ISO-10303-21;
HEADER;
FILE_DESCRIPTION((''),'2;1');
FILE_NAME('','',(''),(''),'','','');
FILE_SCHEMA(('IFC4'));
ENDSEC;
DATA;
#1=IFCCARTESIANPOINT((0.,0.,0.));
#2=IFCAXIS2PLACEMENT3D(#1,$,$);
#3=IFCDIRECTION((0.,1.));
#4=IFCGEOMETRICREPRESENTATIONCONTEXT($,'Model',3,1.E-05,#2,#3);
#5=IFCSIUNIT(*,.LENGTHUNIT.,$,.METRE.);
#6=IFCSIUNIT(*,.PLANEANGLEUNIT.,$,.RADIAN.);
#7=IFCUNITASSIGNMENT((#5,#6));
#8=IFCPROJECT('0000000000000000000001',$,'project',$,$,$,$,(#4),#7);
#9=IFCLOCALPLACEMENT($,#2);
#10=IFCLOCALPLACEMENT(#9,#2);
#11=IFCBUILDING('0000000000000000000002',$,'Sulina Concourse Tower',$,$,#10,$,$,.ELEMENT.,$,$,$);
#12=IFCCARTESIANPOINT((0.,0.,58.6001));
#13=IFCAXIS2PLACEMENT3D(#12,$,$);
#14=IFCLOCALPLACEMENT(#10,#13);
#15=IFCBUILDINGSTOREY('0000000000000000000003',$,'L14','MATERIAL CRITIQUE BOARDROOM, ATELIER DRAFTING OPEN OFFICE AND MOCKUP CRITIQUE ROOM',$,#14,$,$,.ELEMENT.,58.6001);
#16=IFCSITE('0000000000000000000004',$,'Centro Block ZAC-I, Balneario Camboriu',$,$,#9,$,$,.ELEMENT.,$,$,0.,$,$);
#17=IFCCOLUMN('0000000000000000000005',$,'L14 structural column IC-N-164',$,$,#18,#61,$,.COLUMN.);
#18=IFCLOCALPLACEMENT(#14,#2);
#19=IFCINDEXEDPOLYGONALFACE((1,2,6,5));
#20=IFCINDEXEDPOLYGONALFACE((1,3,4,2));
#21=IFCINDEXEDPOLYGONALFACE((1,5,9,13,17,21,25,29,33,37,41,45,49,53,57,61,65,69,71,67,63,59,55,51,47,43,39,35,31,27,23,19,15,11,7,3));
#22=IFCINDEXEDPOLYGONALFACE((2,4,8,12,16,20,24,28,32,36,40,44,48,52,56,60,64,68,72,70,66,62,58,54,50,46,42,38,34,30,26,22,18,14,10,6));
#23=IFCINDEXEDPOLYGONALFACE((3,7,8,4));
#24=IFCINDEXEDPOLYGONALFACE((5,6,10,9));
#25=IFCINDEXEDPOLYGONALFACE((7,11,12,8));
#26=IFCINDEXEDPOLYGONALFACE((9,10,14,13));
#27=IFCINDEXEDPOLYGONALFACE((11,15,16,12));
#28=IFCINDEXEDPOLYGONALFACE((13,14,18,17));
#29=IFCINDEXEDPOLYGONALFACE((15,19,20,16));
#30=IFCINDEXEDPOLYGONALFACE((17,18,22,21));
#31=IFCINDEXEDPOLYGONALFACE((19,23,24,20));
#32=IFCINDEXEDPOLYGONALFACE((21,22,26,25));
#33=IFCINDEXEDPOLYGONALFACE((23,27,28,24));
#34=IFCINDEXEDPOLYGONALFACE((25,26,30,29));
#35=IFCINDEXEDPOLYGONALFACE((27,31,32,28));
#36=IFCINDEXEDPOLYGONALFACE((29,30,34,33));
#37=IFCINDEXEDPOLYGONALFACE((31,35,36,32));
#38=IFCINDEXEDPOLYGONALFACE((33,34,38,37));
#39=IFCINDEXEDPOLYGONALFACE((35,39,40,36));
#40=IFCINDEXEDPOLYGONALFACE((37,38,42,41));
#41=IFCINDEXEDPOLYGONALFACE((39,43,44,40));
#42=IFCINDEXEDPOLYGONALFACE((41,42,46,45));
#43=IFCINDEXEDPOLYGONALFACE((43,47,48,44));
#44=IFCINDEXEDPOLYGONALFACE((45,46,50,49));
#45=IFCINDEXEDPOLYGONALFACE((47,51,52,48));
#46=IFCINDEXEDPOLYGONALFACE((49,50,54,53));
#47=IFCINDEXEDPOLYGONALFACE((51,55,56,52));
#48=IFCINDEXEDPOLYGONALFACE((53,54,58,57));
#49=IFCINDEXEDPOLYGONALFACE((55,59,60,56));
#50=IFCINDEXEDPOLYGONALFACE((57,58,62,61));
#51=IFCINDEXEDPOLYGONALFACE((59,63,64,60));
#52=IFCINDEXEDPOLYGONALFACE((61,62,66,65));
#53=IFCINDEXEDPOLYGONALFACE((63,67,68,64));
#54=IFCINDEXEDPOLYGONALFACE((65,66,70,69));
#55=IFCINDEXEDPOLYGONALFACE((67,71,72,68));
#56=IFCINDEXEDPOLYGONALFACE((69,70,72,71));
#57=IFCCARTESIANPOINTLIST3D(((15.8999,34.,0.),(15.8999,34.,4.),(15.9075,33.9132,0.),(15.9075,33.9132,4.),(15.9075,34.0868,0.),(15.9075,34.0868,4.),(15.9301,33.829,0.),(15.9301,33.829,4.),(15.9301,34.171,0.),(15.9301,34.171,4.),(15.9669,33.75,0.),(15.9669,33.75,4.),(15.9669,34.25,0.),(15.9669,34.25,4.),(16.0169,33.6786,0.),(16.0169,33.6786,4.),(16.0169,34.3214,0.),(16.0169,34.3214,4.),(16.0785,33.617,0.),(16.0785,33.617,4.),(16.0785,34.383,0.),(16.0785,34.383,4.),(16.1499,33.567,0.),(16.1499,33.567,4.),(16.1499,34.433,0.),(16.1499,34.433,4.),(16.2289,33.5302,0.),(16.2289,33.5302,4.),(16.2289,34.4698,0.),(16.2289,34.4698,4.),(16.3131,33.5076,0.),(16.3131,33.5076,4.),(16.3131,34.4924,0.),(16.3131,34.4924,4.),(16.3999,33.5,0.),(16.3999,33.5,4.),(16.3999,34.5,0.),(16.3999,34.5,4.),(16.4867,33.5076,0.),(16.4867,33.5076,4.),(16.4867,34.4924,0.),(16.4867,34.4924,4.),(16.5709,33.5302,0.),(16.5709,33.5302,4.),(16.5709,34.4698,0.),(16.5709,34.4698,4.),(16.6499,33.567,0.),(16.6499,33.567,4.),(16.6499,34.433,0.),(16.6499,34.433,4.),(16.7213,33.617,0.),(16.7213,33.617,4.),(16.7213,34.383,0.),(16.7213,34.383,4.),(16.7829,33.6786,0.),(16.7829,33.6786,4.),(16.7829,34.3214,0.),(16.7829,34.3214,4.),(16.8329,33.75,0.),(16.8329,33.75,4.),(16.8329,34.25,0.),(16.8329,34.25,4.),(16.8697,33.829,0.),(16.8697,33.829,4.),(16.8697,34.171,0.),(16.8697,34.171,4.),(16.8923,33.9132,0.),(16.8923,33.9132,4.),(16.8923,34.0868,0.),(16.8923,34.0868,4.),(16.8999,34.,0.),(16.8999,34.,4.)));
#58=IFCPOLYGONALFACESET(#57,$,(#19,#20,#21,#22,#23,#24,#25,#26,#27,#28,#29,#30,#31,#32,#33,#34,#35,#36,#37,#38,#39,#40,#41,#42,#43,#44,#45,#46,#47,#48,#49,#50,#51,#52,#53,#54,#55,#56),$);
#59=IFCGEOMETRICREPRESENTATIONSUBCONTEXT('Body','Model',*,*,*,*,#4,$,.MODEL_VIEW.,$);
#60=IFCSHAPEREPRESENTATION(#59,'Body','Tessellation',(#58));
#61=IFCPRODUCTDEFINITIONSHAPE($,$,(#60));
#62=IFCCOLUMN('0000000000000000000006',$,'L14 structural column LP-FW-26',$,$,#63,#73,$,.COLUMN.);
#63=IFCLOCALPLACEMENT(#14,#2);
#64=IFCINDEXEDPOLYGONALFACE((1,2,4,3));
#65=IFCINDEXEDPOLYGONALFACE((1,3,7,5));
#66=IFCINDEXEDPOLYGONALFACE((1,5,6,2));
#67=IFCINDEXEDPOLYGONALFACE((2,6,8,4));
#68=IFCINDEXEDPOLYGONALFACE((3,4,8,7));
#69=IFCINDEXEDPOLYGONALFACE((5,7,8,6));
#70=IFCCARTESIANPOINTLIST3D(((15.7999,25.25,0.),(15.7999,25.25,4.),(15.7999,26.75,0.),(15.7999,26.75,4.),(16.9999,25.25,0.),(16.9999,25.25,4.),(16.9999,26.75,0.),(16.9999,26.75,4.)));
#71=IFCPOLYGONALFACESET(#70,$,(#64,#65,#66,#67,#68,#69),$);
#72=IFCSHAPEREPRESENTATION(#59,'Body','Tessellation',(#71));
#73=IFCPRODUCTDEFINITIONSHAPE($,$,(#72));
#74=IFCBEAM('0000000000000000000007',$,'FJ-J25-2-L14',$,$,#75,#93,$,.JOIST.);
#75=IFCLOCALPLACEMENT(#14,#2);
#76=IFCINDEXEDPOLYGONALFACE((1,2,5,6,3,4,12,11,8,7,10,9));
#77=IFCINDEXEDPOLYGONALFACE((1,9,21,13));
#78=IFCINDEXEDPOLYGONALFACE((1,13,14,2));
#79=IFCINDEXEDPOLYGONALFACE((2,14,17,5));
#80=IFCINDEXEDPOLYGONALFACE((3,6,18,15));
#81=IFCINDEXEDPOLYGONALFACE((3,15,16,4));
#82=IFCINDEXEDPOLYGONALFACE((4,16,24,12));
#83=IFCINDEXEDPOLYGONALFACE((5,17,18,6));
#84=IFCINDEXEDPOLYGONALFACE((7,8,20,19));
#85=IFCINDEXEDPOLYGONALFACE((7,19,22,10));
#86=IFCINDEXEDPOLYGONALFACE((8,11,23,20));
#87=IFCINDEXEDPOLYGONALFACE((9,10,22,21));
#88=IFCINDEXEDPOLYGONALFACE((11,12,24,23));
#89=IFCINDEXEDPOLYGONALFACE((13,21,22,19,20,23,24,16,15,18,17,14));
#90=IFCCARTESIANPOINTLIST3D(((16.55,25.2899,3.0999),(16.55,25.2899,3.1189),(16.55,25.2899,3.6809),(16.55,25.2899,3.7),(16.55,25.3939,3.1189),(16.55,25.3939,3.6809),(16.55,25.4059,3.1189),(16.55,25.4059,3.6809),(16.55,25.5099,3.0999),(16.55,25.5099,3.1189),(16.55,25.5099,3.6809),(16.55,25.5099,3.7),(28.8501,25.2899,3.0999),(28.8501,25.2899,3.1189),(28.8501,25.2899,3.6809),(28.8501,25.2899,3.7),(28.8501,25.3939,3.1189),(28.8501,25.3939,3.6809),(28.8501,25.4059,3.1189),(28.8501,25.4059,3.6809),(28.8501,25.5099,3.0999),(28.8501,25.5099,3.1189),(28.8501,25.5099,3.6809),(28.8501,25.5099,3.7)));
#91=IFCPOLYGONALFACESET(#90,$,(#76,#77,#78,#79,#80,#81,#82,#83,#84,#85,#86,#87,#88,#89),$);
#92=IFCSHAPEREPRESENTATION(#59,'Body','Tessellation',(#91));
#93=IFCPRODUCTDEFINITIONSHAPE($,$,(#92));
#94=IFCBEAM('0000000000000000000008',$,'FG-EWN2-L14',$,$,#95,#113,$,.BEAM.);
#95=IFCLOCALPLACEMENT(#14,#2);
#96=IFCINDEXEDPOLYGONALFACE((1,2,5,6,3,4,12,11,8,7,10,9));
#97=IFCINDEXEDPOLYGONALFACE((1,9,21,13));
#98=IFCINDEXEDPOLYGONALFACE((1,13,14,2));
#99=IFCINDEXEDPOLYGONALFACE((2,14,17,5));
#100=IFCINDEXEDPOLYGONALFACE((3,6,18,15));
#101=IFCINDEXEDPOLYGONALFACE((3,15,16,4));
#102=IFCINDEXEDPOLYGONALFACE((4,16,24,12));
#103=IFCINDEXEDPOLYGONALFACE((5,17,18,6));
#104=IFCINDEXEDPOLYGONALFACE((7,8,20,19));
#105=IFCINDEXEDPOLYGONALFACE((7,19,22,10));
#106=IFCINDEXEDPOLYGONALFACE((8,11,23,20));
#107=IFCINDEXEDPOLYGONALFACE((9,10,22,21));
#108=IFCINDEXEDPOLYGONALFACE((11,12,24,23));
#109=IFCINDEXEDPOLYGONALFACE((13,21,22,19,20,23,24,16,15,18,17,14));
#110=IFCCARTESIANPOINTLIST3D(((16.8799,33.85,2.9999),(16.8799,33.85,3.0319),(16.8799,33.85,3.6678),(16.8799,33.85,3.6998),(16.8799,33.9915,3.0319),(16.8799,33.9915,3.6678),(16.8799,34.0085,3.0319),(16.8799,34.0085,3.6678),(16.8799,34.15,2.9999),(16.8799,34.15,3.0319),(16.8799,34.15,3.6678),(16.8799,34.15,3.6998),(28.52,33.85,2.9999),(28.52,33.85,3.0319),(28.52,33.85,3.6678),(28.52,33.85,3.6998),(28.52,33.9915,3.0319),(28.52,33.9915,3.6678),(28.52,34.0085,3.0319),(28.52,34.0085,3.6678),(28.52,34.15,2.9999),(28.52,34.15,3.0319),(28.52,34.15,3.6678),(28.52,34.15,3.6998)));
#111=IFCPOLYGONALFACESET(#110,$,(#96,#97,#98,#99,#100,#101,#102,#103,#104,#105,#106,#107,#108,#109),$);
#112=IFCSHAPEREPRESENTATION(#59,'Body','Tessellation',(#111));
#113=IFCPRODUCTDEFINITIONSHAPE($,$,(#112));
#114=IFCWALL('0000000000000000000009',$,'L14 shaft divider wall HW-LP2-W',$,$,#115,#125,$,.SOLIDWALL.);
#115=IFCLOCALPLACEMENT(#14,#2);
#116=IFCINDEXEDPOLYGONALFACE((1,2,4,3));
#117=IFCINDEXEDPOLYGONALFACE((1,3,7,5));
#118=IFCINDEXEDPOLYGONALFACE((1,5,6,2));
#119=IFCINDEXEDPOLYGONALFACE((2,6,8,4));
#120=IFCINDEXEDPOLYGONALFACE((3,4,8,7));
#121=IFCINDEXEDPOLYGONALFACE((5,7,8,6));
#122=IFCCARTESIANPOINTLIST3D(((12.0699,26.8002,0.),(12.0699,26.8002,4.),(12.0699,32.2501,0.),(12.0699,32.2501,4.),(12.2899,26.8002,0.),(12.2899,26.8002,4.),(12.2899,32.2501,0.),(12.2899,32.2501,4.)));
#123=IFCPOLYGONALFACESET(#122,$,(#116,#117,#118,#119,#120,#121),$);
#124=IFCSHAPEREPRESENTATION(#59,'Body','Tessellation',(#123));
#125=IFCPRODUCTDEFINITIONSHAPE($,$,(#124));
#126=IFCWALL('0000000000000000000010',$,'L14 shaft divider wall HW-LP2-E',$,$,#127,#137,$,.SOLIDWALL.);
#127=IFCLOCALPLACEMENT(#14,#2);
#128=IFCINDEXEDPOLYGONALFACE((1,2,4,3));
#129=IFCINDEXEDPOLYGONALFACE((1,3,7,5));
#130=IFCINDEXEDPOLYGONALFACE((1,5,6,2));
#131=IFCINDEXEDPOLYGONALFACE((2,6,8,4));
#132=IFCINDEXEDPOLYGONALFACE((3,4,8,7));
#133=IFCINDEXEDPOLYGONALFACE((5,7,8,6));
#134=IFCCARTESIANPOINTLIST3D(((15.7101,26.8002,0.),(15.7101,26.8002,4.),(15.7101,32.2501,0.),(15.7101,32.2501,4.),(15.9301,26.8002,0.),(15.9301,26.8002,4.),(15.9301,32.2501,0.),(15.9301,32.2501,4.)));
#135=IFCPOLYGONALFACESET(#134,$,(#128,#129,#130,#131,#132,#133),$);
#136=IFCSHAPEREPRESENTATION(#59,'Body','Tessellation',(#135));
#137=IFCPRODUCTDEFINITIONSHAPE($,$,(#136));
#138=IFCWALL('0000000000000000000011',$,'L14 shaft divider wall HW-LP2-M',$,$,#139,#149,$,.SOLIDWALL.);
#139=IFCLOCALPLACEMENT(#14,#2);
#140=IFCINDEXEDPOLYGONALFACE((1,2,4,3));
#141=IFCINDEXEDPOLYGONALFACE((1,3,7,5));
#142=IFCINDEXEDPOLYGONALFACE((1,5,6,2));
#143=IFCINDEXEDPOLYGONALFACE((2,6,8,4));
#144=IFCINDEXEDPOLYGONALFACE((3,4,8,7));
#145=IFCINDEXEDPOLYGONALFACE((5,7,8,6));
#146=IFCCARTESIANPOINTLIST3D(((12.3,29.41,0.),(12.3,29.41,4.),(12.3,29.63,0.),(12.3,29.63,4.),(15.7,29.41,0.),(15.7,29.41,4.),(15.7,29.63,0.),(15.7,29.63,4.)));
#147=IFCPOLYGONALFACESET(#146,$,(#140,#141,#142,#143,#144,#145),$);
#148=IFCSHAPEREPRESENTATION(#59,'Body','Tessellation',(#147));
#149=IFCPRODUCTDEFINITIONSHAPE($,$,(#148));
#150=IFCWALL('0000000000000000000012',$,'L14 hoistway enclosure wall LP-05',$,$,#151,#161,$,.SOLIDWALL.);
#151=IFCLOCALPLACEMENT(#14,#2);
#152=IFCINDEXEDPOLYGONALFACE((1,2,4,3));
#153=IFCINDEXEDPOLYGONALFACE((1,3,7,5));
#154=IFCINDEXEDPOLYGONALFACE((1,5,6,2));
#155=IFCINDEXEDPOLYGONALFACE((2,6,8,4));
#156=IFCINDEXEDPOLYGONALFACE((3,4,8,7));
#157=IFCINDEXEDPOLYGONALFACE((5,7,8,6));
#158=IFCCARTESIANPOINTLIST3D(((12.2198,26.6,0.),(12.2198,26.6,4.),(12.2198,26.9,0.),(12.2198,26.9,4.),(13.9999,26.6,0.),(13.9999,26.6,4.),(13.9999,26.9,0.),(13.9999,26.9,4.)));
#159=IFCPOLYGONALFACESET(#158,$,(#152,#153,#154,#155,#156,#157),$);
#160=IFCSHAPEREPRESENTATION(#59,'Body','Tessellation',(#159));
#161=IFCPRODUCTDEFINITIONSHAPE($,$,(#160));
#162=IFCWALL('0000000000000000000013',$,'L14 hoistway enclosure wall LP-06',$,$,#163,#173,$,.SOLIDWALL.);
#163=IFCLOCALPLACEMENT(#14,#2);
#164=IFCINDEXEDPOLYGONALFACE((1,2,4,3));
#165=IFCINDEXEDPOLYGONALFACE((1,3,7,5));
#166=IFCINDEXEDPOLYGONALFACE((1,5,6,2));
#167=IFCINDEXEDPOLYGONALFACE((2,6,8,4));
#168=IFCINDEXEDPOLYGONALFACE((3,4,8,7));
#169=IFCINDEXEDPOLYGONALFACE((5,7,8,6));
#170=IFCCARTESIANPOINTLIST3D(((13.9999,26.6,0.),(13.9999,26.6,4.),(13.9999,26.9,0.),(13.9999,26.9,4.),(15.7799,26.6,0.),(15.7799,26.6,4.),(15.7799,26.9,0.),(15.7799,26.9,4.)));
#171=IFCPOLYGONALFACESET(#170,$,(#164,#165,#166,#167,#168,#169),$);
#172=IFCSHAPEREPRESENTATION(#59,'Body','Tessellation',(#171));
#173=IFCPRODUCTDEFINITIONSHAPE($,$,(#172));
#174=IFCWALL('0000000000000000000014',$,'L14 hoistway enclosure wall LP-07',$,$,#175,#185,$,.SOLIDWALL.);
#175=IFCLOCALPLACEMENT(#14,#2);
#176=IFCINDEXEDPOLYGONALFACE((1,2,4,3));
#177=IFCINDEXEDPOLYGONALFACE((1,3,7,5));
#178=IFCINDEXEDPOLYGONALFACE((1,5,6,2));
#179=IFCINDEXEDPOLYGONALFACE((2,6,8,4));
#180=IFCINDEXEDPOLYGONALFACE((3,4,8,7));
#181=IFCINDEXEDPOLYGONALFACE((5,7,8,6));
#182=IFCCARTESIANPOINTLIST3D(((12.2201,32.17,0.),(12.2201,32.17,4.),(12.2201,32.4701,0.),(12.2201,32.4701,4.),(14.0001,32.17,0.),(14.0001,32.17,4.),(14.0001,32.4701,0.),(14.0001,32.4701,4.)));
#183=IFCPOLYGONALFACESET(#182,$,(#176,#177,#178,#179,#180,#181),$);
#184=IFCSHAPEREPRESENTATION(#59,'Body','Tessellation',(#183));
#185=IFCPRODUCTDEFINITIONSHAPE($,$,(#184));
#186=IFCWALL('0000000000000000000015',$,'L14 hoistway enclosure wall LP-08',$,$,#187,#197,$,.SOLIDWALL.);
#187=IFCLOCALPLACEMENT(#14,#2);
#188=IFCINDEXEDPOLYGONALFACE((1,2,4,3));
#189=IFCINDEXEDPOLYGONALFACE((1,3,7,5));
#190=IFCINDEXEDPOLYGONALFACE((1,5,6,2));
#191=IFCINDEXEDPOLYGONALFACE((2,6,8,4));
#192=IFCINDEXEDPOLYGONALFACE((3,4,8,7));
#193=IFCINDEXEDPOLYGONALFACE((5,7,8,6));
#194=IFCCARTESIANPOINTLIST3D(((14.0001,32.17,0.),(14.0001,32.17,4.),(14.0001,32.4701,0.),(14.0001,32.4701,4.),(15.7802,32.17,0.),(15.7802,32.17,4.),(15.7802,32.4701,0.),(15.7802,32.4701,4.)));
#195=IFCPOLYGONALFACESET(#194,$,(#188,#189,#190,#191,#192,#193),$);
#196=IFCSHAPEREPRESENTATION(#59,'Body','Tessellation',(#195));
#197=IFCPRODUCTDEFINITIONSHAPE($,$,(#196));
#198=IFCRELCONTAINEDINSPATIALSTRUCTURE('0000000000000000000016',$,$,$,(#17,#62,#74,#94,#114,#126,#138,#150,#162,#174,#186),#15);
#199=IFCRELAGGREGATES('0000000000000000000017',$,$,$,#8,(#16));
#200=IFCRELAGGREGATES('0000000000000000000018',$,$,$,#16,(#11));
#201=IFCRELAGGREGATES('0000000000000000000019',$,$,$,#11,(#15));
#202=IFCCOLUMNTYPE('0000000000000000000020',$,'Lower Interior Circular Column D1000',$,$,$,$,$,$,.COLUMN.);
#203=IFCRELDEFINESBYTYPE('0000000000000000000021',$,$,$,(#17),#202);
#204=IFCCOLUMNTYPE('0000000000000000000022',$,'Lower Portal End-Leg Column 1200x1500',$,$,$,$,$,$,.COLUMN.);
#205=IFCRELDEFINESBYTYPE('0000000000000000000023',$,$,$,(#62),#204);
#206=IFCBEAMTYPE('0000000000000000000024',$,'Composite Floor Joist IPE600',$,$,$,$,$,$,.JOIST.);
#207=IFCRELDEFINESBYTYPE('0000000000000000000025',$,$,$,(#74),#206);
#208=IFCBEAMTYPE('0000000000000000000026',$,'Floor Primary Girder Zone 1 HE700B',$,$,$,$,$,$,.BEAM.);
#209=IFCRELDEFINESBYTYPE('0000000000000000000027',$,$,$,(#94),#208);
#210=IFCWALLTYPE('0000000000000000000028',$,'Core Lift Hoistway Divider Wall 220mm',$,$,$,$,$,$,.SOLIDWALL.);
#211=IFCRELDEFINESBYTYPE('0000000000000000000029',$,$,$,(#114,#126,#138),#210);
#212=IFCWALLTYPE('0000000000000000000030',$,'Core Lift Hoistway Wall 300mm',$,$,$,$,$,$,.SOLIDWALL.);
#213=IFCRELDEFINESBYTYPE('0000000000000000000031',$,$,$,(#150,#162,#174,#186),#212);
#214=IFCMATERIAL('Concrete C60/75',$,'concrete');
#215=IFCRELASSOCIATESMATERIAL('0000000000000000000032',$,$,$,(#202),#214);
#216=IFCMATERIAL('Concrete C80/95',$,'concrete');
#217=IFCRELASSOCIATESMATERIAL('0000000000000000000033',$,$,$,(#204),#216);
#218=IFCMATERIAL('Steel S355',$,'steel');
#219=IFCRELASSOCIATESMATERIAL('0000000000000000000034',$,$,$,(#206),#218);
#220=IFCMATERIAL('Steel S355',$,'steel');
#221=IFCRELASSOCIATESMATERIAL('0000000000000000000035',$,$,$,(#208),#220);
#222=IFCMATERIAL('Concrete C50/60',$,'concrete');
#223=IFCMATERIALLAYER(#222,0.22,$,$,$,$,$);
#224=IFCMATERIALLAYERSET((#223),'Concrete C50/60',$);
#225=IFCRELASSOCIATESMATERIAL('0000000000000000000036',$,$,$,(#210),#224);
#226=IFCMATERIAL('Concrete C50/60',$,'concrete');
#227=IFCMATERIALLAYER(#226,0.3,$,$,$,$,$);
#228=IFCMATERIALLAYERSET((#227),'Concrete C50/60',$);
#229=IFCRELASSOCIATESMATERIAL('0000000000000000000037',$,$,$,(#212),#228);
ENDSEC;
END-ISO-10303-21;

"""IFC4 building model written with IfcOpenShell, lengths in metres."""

from ifc_helpers import new_model, si_unit, direction, frame, frame_2d, origin, origin_2d, place, context, subcontext, project, spatial, rectangle, circle, i_section, extrude, material, layer, layer_set, material_profile, profile_set, type_object, element, save


model = new_model("IFC4")

# Units and contexts
model_context = context("Model", 3, precision=1e-05, world=origin(), true_north=direction((0.0, 1.0)))
body_context = subcontext(model_context, "Body", "Model", "MODEL_VIEW")
ifc_project = project(units=[si_unit("LENGTHUNIT", "METRE"), si_unit("PLANEANGLEUNIT", "RADIAN")], contexts=[model_context])

# Site, building, storey
site_placement = place(None, origin())
site = spatial("IfcSite", under=ifc_project, at=site_placement, Name="Centro Block ZAC-I, Balneario Camboriu", CompositionType="ELEMENT", RefElevation=0.0)
building_placement = place(site_placement, origin())
building = spatial("IfcBuilding", under=site, at=building_placement, Name="Sulina Concourse Tower", CompositionType="ELEMENT")
storey_placement = place(building_placement, frame((0.0, 0.0, 58.6001)))
storey = spatial("IfcBuildingStorey", under=building, at=storey_placement, Name="L14", Description="MATERIAL CRITIQUE BOARDROOM, ATELIER DRAFTING OPEN OFFICE AND MOCKUP CRITIQUE ROOM", CompositionType="ELEMENT", Elevation=58.6001)

# Columns
ifc_material_1 = material(Name="Concrete C60/75", Category="concrete")
ifc_material_profile_1 = material_profile(ifc_material_1, circle(Radius=0.5, at=origin_2d()), Name="RC D1000")
ifc_profile_set_1 = profile_set([ifc_material_profile_1], Name="Concrete C60/75")
column_type_1 = type_object("IfcColumnType", Name="Lower Interior Circular Column D1000", PredefinedType="COLUMN", material=ifc_profile_set_1)
column_1_placement = place(storey_placement, frame((16.3999, 34.0, 0.0), z_axis=(0.0, 0.0, 1.0), x_axis=(1.0, 0.0, 0.0)))
element("IfcColumn", 1, at=column_1_placement, inside=storey, type_object=column_type_1, Name="L14 structural column IC-N-164", PredefinedType="COLUMN", context=body_context, shape_type="SweptSolid", body=[
    extrude(circle(Radius=0.5, at=origin_2d()), origin(), (0.0, 0.0, 1.0), 4.0),
])
ifc_material_2 = material(Name="Concrete C80/95", Category="concrete")
ifc_material_profile_2 = material_profile(ifc_material_2, rectangle(XDim=1.2, YDim=1.5, at=origin_2d()), Name="RC 1200x1500")
ifc_profile_set_2 = profile_set([ifc_material_profile_2], Name="Concrete C80/95")
column_type_2 = type_object("IfcColumnType", Name="Lower Portal End-Leg Column 1200x1500", PredefinedType="COLUMN", material=ifc_profile_set_2)
column_2_placement = place(storey_placement, frame((16.3999, 26.0, 0.0), z_axis=(0.0, 0.0, 1.0), x_axis=(1.0, 0.0, 0.0)))
element("IfcColumn", 2, at=column_2_placement, inside=storey, type_object=column_type_2, Name="L14 structural column LP-FW-26", PredefinedType="COLUMN", context=body_context, shape_type="SweptSolid", body=[
    extrude(rectangle(XDim=1.2, YDim=1.5, at=origin_2d()), origin(), (0.0, 0.0, 1.0), 4.0),
])

# Beams
ifc_material_3 = material(Name="Steel S355", Category="steel")
ifc_material_profile_3 = material_profile(ifc_material_3, i_section(OverallWidth=0.22, OverallDepth=0.6001, WebThickness=0.012, FlangeThickness=0.019, at=origin_2d()), Name="IPE 600")
ifc_profile_set_3 = profile_set([ifc_material_profile_3], Name="Steel S355")
beam_type_1 = type_object("IfcBeamType", Name="Composite Floor Joist IPE600", PredefinedType="JOIST", material=ifc_profile_set_3)
beam_1_placement = place(storey_placement, frame((16.55, 25.3999, 3.3999), z_axis=(1.0, 0.0, 0.0), x_axis=(0.0, 1.0, 0.0)))
element("IfcBeam", 3, at=beam_1_placement, inside=storey, type_object=beam_type_1, Name="FJ-J25-2-L14", PredefinedType="JOIST", context=body_context, shape_type="SweptSolid", body=[
    extrude(i_section(OverallWidth=0.22, OverallDepth=0.6001, WebThickness=0.012, FlangeThickness=0.019, at=origin_2d()), origin(), (0.0, 0.0, 1.0), 12.3),
])
ifc_material_4 = material(Name="Steel S355", Category="steel")
ifc_material_profile_4 = material_profile(ifc_material_4, i_section(OverallWidth=0.3, OverallDepth=0.7, WebThickness=0.0171, FlangeThickness=0.032, at=origin_2d()), Name="HE 700 B")
ifc_profile_set_4 = profile_set([ifc_material_profile_4], Name="Steel S355")
beam_type_2 = type_object("IfcBeamType", Name="Floor Primary Girder Zone 1 HE700B", PredefinedType="BEAM", material=ifc_profile_set_4)
beam_2_placement = place(storey_placement, frame((16.8799, 34.0, 3.3499), z_axis=(1.0, 0.0, 0.0), x_axis=(0.0, 1.0, 0.0)))
element("IfcBeam", 4, at=beam_2_placement, inside=storey, type_object=beam_type_2, Name="FG-EWN2-L14", PredefinedType="BEAM", context=body_context, shape_type="SweptSolid", body=[
    extrude(i_section(OverallWidth=0.3, OverallDepth=0.7, WebThickness=0.0171, FlangeThickness=0.032, at=origin_2d()), origin(), (0.0, 0.0, 1.0), 11.6401),
])

# Walls
ifc_material_5 = material(Name="Concrete C50/60", Category="concrete")
ifc_layer_1 = layer(ifc_material_5, 0.22)
ifc_layer_set_1 = layer_set([ifc_layer_1], Name="Concrete C50/60")
wall_type_1 = type_object("IfcWallType", Name="Core Lift Hoistway Divider Wall 220mm", PredefinedType="SOLIDWALL", material=ifc_layer_set_1)
for number, where, z_axis, x_axis, name in (
    (5, (12.1799, 26.8, 0.0), (0.0, 0.0, 1.0), (0.0, 1.0, 0.0), "L14 shaft divider wall HW-LP2-W"),
    (6, (15.8201, 26.8, 0.0), (0.0, 0.0, 1.0), (0.0, 1.0, 0.0), "L14 shaft divider wall HW-LP2-E"),
):
    element("IfcWall", number, at=place(storey_placement, frame(where, z_axis=z_axis, x_axis=x_axis)), inside=storey, type_object=wall_type_1, Name=name, PredefinedType="SOLIDWALL", context=body_context, shape_type="SweptSolid", body=[
        extrude(rectangle(XDim=5.45, YDim=0.22, at=frame_2d((2.7251, 0.0))), origin(), (0.0, 0.0, 1.0), 4.0),
    ])
wall_1_placement = place(storey_placement, frame((12.3, 29.52, 0.0), z_axis=(0.0, 0.0, 1.0), x_axis=(1.0, 0.0, 0.0)))
element("IfcWall", 7, at=wall_1_placement, inside=storey, type_object=wall_type_1, Name="L14 shaft divider wall HW-LP2-M", PredefinedType="SOLIDWALL", context=body_context, shape_type="SweptSolid", body=[
    extrude(rectangle(XDim=3.3999, YDim=0.22, at=frame_2d((1.7, 0.0))), origin(), (0.0, 0.0, 1.0), 4.0),
])
ifc_material_6 = material(Name="Concrete C50/60", Category="concrete")
ifc_layer_2 = layer(ifc_material_6, 0.3)
ifc_layer_set_2 = layer_set([ifc_layer_2], Name="Concrete C50/60")
wall_type_2 = type_object("IfcWallType", Name="Core Lift Hoistway Wall 300mm", PredefinedType="SOLIDWALL", material=ifc_layer_set_2)
for number, where, z_axis, x_axis, name in (
    (8, (14.0, 26.75, 0.0), (0.0, 0.0, 1.0), (-1.0, 0.0, 0.0), "L14 hoistway enclosure wall LP-05"),
    (9, (15.78, 26.75, 0.0), (0.0, 0.0, 1.0), (-1.0, 0.0, 0.0), "L14 hoistway enclosure wall LP-06"),
    (10, (12.22, 32.3201, 0.0), (0.0, 0.0, 1.0), (1.0, 0.0, 0.0), "L14 hoistway enclosure wall LP-07"),
    (11, (14.0, 32.3201, 0.0), (0.0, 0.0, 1.0), (1.0, 0.0, 0.0), "L14 hoistway enclosure wall LP-08"),
):
    element("IfcWall", number, at=place(storey_placement, frame(where, z_axis=z_axis, x_axis=x_axis)), inside=storey, type_object=wall_type_2, Name=name, PredefinedType="SOLIDWALL", context=body_context, shape_type="SweptSolid", body=[
        extrude(rectangle(XDim=1.78, YDim=0.3, at=frame_2d((0.8901, 0.0))), origin(), (0.0, 0.0, 1.0), 4.0),
    ])

save(model, "model.ifc")
